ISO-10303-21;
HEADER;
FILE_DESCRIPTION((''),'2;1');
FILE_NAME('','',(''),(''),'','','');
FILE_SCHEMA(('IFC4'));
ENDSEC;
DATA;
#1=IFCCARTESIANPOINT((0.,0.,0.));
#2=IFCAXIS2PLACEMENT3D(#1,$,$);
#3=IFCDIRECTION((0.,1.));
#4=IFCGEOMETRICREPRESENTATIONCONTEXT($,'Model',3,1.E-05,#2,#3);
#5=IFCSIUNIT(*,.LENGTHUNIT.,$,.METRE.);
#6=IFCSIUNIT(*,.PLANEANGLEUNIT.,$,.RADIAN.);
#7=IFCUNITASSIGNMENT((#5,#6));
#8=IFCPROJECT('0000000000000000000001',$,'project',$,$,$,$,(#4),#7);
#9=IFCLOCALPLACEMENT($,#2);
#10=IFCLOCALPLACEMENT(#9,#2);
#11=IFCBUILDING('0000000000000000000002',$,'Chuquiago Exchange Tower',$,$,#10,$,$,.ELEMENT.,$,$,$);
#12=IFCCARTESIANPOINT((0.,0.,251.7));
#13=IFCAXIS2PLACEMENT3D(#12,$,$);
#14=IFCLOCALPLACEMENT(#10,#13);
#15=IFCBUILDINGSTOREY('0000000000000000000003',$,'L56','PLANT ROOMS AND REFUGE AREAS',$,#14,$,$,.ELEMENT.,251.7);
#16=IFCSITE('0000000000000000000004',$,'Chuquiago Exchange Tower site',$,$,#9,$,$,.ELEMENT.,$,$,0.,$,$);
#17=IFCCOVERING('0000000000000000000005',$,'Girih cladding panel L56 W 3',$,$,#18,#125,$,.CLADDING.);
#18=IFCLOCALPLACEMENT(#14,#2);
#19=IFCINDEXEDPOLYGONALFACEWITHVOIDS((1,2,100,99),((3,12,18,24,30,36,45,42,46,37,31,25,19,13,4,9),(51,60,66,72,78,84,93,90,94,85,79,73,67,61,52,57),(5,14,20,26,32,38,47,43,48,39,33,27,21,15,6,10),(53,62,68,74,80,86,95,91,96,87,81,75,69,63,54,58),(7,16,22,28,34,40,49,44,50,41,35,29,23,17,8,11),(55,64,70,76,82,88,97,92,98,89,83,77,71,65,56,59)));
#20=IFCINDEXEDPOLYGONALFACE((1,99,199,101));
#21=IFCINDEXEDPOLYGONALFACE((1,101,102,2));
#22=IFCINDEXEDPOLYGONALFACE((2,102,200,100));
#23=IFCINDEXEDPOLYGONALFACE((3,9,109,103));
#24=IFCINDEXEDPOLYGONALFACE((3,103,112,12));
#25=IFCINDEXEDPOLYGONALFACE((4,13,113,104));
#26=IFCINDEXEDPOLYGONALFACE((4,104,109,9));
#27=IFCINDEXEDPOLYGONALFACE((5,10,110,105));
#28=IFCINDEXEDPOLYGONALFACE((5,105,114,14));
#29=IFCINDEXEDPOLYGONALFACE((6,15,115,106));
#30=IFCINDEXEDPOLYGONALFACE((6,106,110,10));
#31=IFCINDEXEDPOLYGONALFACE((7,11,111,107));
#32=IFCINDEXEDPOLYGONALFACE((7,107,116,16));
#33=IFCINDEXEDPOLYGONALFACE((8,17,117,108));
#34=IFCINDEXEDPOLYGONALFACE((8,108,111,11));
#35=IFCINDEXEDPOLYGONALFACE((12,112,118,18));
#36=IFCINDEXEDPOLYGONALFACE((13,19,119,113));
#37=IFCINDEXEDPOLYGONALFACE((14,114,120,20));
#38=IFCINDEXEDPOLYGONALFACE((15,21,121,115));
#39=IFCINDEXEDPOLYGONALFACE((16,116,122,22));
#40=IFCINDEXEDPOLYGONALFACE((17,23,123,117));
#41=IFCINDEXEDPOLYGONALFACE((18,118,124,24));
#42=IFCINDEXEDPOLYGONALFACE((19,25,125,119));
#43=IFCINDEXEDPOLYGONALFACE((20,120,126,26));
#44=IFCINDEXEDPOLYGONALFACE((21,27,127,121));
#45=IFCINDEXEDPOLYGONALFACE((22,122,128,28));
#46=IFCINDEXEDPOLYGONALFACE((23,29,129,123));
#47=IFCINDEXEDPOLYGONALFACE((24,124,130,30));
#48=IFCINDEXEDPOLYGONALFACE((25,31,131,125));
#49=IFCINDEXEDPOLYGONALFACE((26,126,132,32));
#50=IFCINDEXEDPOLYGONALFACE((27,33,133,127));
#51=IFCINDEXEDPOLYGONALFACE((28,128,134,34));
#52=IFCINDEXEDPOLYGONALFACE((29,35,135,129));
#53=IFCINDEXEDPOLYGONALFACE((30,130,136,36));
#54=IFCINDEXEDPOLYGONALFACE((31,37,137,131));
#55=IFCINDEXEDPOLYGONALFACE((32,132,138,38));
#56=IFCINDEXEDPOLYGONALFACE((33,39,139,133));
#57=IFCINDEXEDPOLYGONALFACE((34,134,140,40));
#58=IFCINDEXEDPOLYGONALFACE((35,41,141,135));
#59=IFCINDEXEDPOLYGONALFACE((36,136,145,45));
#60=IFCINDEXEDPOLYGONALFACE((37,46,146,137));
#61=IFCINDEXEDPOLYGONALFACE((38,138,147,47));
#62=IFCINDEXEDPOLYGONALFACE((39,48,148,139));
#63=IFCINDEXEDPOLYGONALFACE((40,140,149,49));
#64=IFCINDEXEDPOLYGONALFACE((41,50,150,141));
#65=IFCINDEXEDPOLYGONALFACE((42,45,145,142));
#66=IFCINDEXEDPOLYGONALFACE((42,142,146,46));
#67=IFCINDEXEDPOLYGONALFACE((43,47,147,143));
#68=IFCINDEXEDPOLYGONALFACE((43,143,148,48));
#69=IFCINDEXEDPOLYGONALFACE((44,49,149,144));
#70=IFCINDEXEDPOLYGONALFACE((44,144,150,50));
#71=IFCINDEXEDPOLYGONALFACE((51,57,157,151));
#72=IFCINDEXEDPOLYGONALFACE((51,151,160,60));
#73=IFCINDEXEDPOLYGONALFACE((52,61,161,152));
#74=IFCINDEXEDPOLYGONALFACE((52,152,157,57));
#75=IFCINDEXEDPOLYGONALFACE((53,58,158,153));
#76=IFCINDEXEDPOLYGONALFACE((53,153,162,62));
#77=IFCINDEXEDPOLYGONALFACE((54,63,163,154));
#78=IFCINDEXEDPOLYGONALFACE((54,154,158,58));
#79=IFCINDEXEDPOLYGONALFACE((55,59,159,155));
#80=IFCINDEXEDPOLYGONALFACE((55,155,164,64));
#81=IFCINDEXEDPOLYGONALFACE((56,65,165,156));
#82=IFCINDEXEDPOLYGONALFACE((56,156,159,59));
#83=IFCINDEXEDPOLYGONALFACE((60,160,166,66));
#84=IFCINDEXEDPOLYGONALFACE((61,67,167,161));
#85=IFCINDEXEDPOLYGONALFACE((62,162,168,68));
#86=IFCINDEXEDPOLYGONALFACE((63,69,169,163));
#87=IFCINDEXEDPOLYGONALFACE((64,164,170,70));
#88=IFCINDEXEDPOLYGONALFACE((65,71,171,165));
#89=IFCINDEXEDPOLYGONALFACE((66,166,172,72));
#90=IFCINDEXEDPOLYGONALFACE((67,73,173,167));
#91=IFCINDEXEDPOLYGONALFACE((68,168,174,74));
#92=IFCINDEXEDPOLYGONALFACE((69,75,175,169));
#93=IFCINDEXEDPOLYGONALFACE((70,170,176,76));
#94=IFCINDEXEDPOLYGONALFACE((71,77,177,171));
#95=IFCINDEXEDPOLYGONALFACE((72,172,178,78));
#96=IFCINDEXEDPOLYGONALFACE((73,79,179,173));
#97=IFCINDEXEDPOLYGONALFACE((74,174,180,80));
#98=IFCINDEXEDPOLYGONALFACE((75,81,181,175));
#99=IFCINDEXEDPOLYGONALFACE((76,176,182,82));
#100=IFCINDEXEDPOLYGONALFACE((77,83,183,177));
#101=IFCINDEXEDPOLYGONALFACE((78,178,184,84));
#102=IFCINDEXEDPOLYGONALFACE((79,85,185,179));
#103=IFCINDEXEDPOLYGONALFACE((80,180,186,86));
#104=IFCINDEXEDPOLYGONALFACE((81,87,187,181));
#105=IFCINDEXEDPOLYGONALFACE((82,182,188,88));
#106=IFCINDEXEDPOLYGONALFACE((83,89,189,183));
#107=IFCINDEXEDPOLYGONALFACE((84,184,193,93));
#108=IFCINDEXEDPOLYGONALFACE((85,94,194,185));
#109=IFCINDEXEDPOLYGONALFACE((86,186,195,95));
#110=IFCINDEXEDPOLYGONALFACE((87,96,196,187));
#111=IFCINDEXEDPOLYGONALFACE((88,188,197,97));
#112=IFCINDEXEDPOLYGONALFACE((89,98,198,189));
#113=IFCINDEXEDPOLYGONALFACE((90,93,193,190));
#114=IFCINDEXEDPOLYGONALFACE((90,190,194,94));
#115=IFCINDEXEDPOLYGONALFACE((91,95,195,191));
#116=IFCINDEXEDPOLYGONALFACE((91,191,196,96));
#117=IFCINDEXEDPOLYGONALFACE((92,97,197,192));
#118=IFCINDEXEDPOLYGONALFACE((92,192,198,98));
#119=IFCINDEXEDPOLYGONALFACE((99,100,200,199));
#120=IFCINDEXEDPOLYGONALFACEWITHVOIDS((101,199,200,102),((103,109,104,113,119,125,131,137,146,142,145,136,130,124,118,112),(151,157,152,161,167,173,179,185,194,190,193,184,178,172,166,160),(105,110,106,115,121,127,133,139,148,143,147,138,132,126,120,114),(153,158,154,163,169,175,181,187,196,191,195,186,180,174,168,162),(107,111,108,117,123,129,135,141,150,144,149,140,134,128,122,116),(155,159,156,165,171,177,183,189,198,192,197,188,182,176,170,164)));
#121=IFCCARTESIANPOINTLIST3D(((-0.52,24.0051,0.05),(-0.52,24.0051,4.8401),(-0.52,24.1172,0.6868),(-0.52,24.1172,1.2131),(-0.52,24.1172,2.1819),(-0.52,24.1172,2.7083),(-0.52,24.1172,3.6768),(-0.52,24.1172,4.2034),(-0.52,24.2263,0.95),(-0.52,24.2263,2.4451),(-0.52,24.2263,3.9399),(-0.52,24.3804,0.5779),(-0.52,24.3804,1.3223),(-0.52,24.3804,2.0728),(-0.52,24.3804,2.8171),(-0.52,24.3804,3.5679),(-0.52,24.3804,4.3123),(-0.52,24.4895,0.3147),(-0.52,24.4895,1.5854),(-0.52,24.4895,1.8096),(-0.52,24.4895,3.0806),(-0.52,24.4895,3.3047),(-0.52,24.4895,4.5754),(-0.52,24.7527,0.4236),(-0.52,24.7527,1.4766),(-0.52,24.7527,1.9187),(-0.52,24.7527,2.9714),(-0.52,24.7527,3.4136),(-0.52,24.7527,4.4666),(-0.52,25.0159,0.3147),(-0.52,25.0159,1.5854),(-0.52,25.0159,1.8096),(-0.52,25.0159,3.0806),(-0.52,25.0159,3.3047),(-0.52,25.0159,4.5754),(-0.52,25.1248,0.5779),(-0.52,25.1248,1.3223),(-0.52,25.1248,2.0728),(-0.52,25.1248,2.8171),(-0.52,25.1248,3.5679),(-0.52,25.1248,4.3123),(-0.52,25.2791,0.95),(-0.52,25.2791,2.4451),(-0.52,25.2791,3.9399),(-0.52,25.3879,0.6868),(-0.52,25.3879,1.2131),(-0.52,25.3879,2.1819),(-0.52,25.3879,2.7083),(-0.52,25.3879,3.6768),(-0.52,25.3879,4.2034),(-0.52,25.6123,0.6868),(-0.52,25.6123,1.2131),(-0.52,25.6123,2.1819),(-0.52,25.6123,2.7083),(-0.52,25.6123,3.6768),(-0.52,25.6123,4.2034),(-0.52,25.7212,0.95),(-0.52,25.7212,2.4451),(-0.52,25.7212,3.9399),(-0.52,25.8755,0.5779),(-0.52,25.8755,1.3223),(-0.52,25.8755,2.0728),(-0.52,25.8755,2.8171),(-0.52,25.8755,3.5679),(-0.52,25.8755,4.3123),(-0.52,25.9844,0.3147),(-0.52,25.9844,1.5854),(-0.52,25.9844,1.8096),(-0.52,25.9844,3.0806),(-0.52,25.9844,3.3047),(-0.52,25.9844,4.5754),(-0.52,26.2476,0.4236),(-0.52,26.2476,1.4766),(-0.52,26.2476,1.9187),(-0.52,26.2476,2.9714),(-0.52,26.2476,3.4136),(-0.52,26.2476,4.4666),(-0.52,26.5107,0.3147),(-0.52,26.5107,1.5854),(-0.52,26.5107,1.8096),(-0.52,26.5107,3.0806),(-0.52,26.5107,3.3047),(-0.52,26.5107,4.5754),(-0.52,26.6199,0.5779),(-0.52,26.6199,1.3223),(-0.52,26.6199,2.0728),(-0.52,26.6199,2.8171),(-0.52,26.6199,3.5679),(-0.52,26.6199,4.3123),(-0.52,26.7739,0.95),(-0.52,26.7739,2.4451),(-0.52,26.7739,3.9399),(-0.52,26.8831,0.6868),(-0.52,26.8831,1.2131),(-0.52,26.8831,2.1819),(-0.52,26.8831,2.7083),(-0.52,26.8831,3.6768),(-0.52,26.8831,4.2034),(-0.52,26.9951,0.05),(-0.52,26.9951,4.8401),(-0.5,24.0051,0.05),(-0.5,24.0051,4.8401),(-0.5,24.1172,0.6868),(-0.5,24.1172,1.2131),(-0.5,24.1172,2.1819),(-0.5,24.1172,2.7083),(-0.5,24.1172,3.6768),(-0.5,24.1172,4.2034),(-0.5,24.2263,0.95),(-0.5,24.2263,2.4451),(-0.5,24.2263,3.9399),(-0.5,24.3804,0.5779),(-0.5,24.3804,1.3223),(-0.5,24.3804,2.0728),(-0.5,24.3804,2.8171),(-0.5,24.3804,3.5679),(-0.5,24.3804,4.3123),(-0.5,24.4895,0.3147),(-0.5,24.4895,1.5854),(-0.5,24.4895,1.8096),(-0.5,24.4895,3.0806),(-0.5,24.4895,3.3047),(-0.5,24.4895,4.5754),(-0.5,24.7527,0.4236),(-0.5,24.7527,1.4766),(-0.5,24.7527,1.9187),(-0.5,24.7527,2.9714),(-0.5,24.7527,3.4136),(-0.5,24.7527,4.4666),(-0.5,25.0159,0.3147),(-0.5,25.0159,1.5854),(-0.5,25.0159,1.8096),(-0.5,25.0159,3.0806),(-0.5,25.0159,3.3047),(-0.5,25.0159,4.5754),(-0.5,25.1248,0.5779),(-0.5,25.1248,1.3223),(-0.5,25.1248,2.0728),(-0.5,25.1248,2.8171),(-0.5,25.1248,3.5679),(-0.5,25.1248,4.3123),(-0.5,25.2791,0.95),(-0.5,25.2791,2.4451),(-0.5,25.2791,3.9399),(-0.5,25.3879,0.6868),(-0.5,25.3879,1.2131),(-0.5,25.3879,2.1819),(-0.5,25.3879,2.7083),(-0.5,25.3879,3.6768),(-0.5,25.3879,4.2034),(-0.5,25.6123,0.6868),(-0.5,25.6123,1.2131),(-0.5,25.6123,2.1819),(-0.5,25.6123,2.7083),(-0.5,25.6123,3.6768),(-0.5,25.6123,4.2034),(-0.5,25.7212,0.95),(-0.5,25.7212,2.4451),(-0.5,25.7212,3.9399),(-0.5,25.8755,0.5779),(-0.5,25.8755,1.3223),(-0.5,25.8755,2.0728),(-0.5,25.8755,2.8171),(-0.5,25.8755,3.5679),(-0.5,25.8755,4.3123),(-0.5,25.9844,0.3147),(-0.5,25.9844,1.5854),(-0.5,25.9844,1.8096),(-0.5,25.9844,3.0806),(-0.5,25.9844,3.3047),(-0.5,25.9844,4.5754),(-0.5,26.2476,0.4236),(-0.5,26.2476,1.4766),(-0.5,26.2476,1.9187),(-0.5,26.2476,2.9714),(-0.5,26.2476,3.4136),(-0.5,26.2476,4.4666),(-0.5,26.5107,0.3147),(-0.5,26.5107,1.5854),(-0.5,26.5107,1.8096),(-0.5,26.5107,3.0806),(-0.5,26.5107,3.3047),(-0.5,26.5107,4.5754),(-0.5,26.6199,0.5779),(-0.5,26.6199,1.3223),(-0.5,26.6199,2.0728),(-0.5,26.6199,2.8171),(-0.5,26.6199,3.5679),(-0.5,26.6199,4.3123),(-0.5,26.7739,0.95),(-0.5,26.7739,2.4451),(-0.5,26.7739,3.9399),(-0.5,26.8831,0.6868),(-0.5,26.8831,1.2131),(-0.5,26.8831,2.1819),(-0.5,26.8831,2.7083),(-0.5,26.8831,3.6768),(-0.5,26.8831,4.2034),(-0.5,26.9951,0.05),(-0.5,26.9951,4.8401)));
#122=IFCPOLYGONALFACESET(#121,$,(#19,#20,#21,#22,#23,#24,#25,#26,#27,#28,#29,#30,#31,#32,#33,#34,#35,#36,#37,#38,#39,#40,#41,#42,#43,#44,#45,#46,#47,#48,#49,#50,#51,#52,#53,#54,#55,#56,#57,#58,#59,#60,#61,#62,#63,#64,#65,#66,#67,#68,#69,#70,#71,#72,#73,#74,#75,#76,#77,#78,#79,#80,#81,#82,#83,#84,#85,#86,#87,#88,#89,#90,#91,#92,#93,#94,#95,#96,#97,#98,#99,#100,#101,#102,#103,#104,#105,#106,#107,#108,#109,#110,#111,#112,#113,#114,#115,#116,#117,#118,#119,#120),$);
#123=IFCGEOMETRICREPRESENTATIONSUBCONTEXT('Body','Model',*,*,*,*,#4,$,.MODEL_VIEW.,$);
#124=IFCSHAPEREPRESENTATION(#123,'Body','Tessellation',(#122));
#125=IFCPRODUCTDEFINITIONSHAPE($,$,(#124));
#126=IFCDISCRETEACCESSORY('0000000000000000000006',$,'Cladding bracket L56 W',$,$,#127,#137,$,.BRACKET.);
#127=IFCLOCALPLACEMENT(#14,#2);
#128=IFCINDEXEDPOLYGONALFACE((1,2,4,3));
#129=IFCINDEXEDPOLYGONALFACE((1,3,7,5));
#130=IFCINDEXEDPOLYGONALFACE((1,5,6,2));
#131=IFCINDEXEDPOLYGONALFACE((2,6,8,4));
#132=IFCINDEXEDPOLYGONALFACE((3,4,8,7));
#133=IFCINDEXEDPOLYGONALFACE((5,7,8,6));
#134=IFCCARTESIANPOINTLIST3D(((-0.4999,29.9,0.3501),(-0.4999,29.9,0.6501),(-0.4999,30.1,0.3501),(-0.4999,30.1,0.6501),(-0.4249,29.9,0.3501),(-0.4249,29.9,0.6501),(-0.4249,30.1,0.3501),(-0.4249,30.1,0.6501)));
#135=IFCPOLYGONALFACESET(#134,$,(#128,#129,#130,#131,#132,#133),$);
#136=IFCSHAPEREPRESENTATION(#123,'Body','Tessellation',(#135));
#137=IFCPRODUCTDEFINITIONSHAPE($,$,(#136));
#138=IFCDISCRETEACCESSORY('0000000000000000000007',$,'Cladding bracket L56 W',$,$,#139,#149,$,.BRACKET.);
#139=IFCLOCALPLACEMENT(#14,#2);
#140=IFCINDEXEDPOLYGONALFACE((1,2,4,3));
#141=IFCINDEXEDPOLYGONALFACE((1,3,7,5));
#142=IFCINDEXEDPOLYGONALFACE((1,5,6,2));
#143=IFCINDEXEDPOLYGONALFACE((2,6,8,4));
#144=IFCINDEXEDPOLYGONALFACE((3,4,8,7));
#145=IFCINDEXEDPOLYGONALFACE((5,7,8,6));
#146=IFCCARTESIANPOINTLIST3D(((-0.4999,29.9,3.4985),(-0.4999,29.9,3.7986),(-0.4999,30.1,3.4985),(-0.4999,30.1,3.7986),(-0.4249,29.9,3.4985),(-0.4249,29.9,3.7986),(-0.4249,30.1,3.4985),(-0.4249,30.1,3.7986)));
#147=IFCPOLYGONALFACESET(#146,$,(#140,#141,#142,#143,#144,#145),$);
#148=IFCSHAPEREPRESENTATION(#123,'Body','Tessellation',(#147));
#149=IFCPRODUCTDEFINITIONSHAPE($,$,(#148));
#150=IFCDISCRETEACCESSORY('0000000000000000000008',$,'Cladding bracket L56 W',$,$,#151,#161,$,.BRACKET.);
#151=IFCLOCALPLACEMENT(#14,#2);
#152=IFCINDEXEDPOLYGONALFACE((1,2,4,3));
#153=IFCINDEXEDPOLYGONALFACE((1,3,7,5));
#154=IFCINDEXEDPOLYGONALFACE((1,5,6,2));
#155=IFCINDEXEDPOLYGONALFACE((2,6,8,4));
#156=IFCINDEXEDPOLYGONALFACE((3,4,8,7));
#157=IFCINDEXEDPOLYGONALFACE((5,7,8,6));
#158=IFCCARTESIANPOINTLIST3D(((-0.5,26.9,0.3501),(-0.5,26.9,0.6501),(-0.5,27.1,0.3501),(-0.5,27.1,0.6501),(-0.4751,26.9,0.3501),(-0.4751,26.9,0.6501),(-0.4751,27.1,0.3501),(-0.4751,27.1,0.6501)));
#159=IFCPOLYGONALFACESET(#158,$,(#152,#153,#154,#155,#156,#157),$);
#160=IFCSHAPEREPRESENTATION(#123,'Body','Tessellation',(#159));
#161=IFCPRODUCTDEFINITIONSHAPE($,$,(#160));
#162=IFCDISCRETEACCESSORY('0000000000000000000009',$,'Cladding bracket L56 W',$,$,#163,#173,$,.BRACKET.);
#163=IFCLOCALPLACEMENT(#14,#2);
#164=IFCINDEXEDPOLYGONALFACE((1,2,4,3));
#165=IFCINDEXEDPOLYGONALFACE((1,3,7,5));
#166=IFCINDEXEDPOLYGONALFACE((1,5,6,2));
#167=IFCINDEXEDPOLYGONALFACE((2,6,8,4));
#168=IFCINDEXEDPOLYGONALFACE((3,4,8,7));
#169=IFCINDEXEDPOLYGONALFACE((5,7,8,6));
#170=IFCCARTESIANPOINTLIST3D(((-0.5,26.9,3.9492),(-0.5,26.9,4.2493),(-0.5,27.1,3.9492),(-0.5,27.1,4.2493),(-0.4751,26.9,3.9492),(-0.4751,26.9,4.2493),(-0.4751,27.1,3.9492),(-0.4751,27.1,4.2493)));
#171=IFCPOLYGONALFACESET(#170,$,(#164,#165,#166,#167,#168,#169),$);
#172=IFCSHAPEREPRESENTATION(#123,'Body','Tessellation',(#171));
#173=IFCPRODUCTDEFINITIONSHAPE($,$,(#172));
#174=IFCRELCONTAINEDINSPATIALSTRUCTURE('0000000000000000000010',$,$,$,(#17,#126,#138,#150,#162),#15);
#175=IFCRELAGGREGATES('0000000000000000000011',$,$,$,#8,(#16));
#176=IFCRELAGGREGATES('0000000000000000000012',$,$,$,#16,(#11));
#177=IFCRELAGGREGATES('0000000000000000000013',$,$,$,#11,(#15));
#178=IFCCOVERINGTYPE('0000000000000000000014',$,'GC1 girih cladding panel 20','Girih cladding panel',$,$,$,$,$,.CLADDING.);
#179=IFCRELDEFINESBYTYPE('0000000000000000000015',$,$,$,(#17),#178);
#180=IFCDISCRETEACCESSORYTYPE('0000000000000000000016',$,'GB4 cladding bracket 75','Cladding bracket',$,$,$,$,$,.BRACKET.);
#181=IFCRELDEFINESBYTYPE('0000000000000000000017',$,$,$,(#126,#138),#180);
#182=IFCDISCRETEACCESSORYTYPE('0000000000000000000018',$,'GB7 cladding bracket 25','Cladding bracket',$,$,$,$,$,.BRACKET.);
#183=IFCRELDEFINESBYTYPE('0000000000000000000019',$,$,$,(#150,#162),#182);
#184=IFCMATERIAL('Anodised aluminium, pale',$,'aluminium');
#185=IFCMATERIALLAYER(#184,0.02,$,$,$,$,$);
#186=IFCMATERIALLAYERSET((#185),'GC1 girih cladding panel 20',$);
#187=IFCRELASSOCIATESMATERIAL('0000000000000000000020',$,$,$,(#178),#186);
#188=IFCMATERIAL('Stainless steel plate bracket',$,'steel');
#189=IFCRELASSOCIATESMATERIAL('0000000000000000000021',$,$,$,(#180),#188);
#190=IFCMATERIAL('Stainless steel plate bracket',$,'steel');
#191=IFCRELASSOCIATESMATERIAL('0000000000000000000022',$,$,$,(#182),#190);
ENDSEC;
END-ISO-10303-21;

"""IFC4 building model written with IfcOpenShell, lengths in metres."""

from ifc_helpers import new_model, si_unit, direction, frame, origin, origin_2d, place, context, subcontext, project, spatial, polyline, rectangle, outline, extrude, material, layer, layer_set, type_object, element, save


model = new_model("IFC4")

# Units and contexts
model_context = context("Model", 3, precision=1e-05, world=origin(), true_north=direction((0.0, 1.0)))
body_context = subcontext(model_context, "Body", "Model", "MODEL_VIEW")
ifc_project = project(units=[si_unit("LENGTHUNIT", "METRE"), si_unit("PLANEANGLEUNIT", "RADIAN")], contexts=[model_context])

# Site, building, storey
site_placement = place(None, origin())
site = spatial("IfcSite", under=ifc_project, at=site_placement, Name="Chuquiago Exchange Tower site", CompositionType="ELEMENT", RefElevation=0.0)
building_placement = place(site_placement, origin())
building = spatial("IfcBuilding", under=site, at=building_placement, Name="Chuquiago Exchange Tower", CompositionType="ELEMENT")
storey_placement = place(building_placement, frame((0.0, 0.0, 251.7)))
storey = spatial("IfcBuildingStorey", under=building, at=storey_placement, Name="L56", Description="PLANT ROOMS AND REFUGE AREAS", CompositionType="ELEMENT", Elevation=251.7)

# Covering
ifc_material_1 = material(Name="Anodised aluminium, pale", Category="aluminium")
ifc_layer_1 = layer(ifc_material_1, 0.02)
ifc_layer_set_1 = layer_set([ifc_layer_1], Name="GC1 girih cladding panel 20")
covering_type = type_object("IfcCoveringType", Name="GC1 girih cladding panel 20", Description="Girih cladding panel", PredefinedType="CLADDING", material=ifc_layer_set_1)
covering_1_placement = place(storey_placement, frame((-0.5, 26.9951, 0.05), z_axis=(0.0, 0.0, 1.0), x_axis=(0.0, -1.0, 0.0)))
element("IfcCovering", 1, at=covering_1_placement, inside=storey, type_object=covering_type, Name="Girih cladding panel L56 W 3", PredefinedType="CLADDING", context=body_context, shape_type="SweptSolid", body=[
    extrude(outline(polyline([(0.0, 0.0), (2.99, 0.0), (2.99, 4.79), (0.0, 4.79), (0.0, 0.0)]), holes=[polyline([(1.2739, 0.8999), (1.3828, 1.1631), (1.1196, 1.2722), (1.0107, 1.5354), (0.7476, 1.4265), (0.4844, 1.5354), (0.3752, 1.2722), (0.1121, 1.1631), (0.2212, 0.8999), (0.1121, 0.6367), (0.3752, 0.5278), (0.4844, 0.2646), (0.7476, 0.3735), (1.0107, 0.2646), (1.1196, 0.5278), (1.3828, 0.6367), (1.2739, 0.8999)]), polyline([(2.7688, 0.8999), (2.8779, 1.1631), (2.6147, 1.2722), (2.5056, 1.5354), (2.2424, 1.4265), (1.9792, 1.5354), (1.8704, 1.2722), (1.6072, 1.1631), (1.7161, 0.8999), (1.6072, 0.6367), (1.8704, 0.5278), (1.9792, 0.2646), (2.2424, 0.3735), (2.5056, 0.2646), (2.6147, 0.5278), (2.8779, 0.6367), (2.7688, 0.8999)]), polyline([(1.2739, 2.395), (1.3828, 2.6582), (1.1196, 2.7671), (1.0107, 3.0305), (0.7476, 2.9214), (0.4844, 3.0305), (0.3752, 2.7671), (0.1121, 2.6582), (0.2212, 2.395), (0.1121, 2.1318), (0.3752, 2.0227), (0.4844, 1.7595), (0.7476, 1.8687), (1.0107, 1.7595), (1.1196, 2.0227), (1.3828, 2.1318), (1.2739, 2.395)]), polyline([(2.7688, 2.395), (2.8779, 2.6582), (2.6147, 2.7671), (2.5056, 3.0305), (2.2424, 2.9214), (1.9792, 3.0305), (1.8704, 2.7671), (1.6072, 2.6582), (1.7161, 2.395), (1.6072, 2.1318), (1.8704, 2.0227), (1.9792, 1.7595), (2.2424, 1.8687), (2.5056, 1.7595), (2.6147, 2.0227), (2.8779, 2.1318), (2.7688, 2.395)]), polyline([(1.2739, 3.8899), (1.3828, 4.1533), (1.1196, 4.2622), (1.0107, 4.5254), (0.7476, 4.4165), (0.4844, 4.5254), (0.3752, 4.2622), (0.1121, 4.1533), (0.2212, 3.8899), (0.1121, 3.6267), (0.3752, 3.5178), (0.4844, 3.2546), (0.7476, 3.3635), (1.0107, 3.2546), (1.1196, 3.5178), (1.3828, 3.6267), (1.2739, 3.8899)]), polyline([(2.7688, 3.8899), (2.8779, 4.1533), (2.6147, 4.2622), (2.5056, 4.5254), (2.2424, 4.4165), (1.9792, 4.5254), (1.8704, 4.2622), (1.6072, 4.1533), (1.7161, 3.8899), (1.6072, 3.6267), (1.8704, 3.5178), (1.9792, 3.2546), (2.2424, 3.3635), (2.5056, 3.2546), (2.6147, 3.5178), (2.8779, 3.6267), (2.7688, 3.8899)])]), frame((0.0, 0.0, 0.0), z_axis=(0.0, -1.0, 0.0), x_axis=(1.0, 0.0, 0.0)), (0.0, 0.0, 1.0), 0.02),
])

# Discrete accessories
ifc_material_2 = material(Name="Stainless steel plate bracket", Category="steel")
discrete_accessory_type_1 = type_object("IfcDiscreteAccessoryType", Name="GB4 cladding bracket 75", Description="Cladding bracket", PredefinedType="BRACKET", material=ifc_material_2)
for number, where, z_axis, x_axis, name in (
    (2, (-0.4624, 30.0, 0.3501), (0.0, 0.0, 1.0), (0.0, -1.0, 0.0), "Cladding bracket L56 W"),
    (3, (-0.4624, 30.0, 3.4985), (0.0, 0.0, 1.0), (0.0, -1.0, 0.0), "Cladding bracket L56 W"),
):
    element("IfcDiscreteAccessory", number, at=place(storey_placement, frame(where, z_axis=z_axis, x_axis=x_axis)), inside=storey, type_object=discrete_accessory_type_1, Name=name, PredefinedType="BRACKET", context=body_context, shape_type="SweptSolid", body=[
        extrude(rectangle(XDim=0.2, YDim=0.075, at=origin_2d()), origin(), (0.0, 0.0, 1.0), 0.3),
    ])
ifc_material_3 = material(Name="Stainless steel plate bracket", Category="steel")
discrete_accessory_type_2 = type_object("IfcDiscreteAccessoryType", Name="GB7 cladding bracket 25", Description="Cladding bracket", PredefinedType="BRACKET", material=ifc_material_3)
for number, where, z_axis, x_axis, name in (
    (4, (-0.4875, 27.0, 0.3501), (0.0, 0.0, 1.0), (0.0, -1.0, 0.0), "Cladding bracket L56 W"),
    (5, (-0.4875, 27.0, 3.9492), (0.0, 0.0, 1.0), (0.0, -1.0, 0.0), "Cladding bracket L56 W"),
):
    element("IfcDiscreteAccessory", number, at=place(storey_placement, frame(where, z_axis=z_axis, x_axis=x_axis)), inside=storey, type_object=discrete_accessory_type_2, Name=name, PredefinedType="BRACKET", context=body_context, shape_type="SweptSolid", body=[
        extrude(rectangle(XDim=0.2, YDim=0.0249, at=origin_2d()), origin(), (0.0, 0.0, 1.0), 0.3),
    ])

save(model, "model.ifc")
